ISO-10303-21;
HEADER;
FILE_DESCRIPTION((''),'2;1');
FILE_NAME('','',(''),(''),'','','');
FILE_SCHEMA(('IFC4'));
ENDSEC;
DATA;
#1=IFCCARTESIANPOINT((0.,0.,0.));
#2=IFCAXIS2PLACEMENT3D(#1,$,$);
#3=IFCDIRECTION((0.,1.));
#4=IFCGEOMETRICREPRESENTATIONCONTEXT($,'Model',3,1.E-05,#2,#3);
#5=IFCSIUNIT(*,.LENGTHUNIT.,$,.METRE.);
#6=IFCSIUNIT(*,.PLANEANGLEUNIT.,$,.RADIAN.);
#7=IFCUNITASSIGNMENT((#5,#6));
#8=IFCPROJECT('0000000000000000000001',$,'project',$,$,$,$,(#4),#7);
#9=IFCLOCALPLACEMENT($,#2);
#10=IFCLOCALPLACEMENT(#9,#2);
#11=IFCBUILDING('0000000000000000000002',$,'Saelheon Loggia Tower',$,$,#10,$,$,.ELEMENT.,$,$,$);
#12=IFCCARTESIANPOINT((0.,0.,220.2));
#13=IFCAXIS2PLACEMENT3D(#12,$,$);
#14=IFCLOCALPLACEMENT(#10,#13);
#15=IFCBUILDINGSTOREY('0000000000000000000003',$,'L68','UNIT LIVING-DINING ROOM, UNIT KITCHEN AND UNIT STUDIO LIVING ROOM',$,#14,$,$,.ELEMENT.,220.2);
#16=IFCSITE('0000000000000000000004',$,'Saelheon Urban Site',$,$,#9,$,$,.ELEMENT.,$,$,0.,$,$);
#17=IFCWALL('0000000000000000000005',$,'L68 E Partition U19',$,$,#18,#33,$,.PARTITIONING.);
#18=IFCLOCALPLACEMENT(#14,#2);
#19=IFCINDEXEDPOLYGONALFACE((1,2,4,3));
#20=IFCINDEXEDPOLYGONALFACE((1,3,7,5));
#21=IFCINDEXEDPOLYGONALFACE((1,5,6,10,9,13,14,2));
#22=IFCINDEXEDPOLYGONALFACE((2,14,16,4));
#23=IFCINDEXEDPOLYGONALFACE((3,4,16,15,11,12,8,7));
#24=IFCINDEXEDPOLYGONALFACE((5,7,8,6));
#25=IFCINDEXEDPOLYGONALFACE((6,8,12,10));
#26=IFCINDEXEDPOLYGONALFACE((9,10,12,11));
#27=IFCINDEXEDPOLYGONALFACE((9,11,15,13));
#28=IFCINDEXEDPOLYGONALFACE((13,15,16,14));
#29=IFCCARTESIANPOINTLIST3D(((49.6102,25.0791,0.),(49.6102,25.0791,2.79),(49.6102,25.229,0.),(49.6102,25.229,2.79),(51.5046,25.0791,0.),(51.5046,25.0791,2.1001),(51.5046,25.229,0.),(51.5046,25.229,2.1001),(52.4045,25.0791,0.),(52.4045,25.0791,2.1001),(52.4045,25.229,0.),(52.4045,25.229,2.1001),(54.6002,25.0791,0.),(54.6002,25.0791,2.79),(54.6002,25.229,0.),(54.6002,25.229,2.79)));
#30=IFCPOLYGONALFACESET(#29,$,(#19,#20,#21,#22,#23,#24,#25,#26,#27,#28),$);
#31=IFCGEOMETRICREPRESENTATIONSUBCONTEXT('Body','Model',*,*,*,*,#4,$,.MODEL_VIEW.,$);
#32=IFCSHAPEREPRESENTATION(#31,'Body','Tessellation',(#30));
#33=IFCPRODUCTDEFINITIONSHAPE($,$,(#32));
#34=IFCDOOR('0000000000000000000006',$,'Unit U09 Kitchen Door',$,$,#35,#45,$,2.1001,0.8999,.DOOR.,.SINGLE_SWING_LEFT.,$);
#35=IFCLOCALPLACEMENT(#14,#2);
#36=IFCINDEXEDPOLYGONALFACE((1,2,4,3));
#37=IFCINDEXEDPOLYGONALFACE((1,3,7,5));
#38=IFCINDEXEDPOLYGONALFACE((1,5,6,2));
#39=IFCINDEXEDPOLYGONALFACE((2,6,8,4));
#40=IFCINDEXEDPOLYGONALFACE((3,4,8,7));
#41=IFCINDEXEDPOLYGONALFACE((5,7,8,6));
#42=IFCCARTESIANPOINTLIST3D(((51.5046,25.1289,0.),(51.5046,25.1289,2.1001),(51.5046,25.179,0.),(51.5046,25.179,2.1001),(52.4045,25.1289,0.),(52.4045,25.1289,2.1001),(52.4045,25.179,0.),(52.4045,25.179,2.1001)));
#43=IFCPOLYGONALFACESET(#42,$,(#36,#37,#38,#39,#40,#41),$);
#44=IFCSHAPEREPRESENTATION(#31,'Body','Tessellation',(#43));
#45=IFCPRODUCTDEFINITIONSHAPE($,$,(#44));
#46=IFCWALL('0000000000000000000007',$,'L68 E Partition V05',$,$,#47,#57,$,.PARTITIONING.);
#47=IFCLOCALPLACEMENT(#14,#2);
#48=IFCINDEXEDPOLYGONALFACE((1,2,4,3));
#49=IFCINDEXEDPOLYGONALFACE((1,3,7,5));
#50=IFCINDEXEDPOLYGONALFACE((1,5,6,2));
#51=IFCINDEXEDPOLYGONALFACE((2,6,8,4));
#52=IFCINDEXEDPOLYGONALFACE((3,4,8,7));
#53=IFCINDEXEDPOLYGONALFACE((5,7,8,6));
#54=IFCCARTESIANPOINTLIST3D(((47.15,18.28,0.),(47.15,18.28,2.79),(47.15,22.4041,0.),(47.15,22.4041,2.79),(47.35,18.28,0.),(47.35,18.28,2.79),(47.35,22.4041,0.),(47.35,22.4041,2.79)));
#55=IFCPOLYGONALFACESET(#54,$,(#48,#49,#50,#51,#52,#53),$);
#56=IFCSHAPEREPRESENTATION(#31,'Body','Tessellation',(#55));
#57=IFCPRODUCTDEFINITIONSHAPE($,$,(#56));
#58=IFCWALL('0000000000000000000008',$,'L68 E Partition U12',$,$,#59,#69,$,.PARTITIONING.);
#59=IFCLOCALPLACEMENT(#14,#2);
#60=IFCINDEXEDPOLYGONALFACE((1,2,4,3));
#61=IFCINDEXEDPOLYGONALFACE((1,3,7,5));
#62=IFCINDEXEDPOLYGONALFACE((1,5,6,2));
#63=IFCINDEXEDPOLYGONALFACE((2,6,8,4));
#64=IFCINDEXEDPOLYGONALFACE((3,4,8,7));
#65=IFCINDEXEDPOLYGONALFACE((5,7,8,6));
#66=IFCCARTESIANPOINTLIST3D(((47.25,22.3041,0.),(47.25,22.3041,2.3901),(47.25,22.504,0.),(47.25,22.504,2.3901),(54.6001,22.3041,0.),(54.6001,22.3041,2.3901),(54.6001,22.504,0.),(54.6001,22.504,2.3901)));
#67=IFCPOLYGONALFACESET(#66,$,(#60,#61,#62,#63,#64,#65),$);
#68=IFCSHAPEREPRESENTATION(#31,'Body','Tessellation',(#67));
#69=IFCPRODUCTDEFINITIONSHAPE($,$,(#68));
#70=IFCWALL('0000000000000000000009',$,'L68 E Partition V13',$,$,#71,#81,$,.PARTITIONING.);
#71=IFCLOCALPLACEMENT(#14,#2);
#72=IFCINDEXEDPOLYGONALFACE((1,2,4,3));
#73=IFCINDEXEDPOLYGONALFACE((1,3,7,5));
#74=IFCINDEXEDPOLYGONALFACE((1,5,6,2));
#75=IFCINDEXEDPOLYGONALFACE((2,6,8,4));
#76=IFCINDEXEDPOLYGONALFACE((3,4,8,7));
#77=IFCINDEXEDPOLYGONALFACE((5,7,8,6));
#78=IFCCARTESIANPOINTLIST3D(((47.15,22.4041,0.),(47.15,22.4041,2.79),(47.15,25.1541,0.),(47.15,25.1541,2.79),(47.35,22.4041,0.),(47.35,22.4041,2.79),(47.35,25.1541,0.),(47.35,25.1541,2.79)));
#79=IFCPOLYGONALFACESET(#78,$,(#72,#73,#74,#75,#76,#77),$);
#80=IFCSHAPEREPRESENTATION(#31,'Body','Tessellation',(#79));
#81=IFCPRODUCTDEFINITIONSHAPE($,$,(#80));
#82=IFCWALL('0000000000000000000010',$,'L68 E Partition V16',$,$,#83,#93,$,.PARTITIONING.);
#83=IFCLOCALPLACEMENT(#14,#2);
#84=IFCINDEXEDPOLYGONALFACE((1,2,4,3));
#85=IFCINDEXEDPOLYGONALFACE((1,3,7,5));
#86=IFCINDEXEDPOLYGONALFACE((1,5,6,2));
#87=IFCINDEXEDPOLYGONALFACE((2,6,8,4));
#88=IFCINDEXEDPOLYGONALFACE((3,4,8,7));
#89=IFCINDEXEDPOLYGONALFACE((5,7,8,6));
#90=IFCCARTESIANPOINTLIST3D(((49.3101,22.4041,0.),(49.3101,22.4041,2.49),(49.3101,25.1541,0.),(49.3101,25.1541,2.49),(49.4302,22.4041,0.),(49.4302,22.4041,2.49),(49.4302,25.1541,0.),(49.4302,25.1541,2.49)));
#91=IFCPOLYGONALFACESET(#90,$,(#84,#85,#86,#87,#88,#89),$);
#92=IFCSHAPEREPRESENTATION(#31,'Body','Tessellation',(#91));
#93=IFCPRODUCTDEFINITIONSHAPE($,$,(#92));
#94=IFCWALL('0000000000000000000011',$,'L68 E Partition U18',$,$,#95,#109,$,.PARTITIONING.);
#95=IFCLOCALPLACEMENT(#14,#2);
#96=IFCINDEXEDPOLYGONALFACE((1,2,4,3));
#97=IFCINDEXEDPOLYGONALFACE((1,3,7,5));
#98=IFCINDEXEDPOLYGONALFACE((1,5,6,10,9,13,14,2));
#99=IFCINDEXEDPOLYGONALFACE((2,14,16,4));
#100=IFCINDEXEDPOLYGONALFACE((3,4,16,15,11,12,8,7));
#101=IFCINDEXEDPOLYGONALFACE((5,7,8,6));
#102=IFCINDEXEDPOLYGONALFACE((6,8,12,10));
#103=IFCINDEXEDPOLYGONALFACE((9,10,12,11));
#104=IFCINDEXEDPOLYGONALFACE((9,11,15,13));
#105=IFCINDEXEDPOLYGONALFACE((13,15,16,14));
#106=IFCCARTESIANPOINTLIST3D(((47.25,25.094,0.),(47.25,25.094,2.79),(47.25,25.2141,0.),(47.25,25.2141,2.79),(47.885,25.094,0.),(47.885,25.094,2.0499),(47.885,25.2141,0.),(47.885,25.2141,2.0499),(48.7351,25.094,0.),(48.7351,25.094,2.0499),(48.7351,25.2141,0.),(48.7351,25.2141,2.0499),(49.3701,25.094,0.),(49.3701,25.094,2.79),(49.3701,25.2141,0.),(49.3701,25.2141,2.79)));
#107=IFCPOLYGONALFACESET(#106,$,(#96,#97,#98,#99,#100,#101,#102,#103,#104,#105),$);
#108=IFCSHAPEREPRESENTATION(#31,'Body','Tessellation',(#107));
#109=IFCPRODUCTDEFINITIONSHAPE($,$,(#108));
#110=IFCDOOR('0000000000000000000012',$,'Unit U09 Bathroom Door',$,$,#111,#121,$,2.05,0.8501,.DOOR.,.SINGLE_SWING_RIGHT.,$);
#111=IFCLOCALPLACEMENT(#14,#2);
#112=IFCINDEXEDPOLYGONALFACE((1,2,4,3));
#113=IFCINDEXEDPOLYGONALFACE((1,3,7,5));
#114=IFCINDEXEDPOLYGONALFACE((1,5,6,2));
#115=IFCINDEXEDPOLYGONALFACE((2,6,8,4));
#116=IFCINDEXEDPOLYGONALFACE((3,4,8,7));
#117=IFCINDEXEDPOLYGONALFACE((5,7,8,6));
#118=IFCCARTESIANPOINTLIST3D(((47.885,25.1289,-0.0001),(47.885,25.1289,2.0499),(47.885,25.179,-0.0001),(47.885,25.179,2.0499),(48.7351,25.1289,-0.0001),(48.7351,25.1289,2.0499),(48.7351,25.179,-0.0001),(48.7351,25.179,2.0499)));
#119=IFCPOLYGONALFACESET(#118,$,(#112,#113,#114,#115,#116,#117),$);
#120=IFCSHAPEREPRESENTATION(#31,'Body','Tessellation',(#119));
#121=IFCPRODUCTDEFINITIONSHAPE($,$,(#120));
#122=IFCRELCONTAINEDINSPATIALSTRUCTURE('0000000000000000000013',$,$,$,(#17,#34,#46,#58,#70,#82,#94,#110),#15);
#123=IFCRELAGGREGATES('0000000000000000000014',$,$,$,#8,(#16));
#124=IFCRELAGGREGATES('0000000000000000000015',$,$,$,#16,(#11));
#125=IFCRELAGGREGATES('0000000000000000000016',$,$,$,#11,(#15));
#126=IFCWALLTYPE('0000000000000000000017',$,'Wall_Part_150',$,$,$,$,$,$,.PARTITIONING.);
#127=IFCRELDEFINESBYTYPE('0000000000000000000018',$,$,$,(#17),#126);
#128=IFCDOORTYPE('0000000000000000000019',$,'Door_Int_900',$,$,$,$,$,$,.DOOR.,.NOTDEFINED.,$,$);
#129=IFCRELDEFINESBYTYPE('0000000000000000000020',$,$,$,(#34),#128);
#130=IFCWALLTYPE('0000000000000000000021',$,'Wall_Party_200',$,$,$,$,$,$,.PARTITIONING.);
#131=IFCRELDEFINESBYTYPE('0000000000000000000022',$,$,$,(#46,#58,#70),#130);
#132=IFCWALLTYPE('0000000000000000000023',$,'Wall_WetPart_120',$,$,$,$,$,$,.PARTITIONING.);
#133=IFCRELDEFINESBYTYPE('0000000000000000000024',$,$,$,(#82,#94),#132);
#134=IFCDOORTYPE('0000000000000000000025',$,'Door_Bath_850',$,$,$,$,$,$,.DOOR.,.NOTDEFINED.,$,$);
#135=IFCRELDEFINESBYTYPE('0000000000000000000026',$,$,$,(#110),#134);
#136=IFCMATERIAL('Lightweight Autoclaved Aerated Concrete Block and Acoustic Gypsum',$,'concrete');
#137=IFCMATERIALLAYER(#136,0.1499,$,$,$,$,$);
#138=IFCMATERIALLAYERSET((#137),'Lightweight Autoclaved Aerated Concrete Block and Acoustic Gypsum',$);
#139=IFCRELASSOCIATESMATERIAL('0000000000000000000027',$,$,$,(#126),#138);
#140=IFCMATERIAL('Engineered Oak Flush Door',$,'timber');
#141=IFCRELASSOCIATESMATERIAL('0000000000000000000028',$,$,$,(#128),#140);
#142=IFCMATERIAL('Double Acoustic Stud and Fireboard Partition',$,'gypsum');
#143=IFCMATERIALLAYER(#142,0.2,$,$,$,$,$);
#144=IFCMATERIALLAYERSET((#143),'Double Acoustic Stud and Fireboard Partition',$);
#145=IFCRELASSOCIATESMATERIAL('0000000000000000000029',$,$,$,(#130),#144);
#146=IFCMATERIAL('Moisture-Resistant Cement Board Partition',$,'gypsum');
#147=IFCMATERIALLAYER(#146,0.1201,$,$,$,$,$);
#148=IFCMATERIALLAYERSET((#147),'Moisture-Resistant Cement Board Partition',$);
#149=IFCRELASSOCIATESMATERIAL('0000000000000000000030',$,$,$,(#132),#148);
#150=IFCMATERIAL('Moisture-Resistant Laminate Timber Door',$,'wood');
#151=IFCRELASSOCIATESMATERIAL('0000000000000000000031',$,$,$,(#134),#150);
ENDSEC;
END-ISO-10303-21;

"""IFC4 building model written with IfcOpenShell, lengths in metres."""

from ifc_helpers import new_model, si_unit, direction, frame, frame_2d, origin, place, context, subcontext, project, spatial, rectangle, extrude, source, transform, mapped, material, layer, layer_set, type_object, element, fill, save


model = new_model("IFC4")

# Units and contexts
model_context = context("Model", 3, precision=1e-05, world=origin(), true_north=direction((0.0, 1.0)))
body_context = subcontext(model_context, "Body", "Model", "MODEL_VIEW")
ifc_project = project(units=[si_unit("LENGTHUNIT", "METRE"), si_unit("PLANEANGLEUNIT", "RADIAN")], contexts=[model_context])

# Site, building, storey
site_placement = place(None, origin())
site = spatial("IfcSite", under=ifc_project, at=site_placement, Name="Saelheon Urban Site", CompositionType="ELEMENT", RefElevation=0.0)
building_placement = place(site_placement, origin())
building = spatial("IfcBuilding", under=site, at=building_placement, Name="Saelheon Loggia Tower", CompositionType="ELEMENT")
storey_placement = place(building_placement, frame((0.0, 0.0, 220.2)))
storey = spatial("IfcBuildingStorey", under=building, at=storey_placement, Name="L68", Description="UNIT LIVING-DINING ROOM, UNIT KITCHEN AND UNIT STUDIO LIVING ROOM", CompositionType="ELEMENT", Elevation=220.2)

# Shared definitions
ifc_material_1 = material(Name="Lightweight Autoclaved Aerated Concrete Block and Acoustic Gypsum", Category="concrete")
ifc_layer_1 = layer(ifc_material_1, 0.1499)
ifc_layer_set_1 = layer_set([ifc_layer_1], Name="Lightweight Autoclaved Aerated Concrete Block and Acoustic Gypsum")
wall_type_1 = type_object("IfcWallType", Name="Wall_Part_150", PredefinedType="PARTITIONING", material=ifc_layer_set_1)

# Wall, opening, door
ifc_material_2 = material(Name="Engineered Oak Flush Door", Category="timber")
door_type_1 = type_object("IfcDoorType", Name="Door_Int_900", OperationType="NOTDEFINED", PredefinedType="DOOR", material=ifc_material_2)
shared_shape_1 = source(origin(), body_context, "Body", "SweptSolid", [
    extrude(rectangle(XDim=0.8999, YDim=2.1001, at=frame_2d((0.45, 1.05))), frame((0.0, 0.0249, 0.0), z_axis=(0.0, -1.0, 0.0), x_axis=(1.0, 0.0, 0.0)), (0.0, 0.0, 1.0), 0.05),
])
wall_1_placement = place(storey_placement, frame((49.6101, 25.1541, 0.0), z_axis=(0.0, 0.0, 1.0), x_axis=(1.0, 0.0, 0.0)))
wall_1 = element("IfcWall", 1, at=wall_1_placement, inside=storey, type_object=wall_type_1, Name="L68 E Partition U19", PredefinedType="PARTITIONING", context=body_context, shape_type="SweptSolid", body=[
    extrude(rectangle(XDim=4.99, YDim=0.1499, at=frame_2d((2.4951, 0.0))), origin(), (0.0, 0.0, 1.0), 2.79),
])
opening_1_placement = place(wall_1_placement, frame((1.8945, 0.0, 0.0)))
opening_1 = element("IfcOpeningElement", 2, at=opening_1_placement, cuts=wall_1, PredefinedType="OPENING", context=body_context, shape_type="SweptSolid", body=[
    extrude(rectangle(XDim=0.8999, YDim=2.1001, at=frame_2d((0.45, 1.05))), frame((0.0, 0.0869, 0.0), z_axis=(0.0, -1.0, 0.0), x_axis=(1.0, 0.0, 0.0)), (0.0, 0.0, 1.0), 0.1738),
])
door_1_placement = place(opening_1_placement, origin())
door_1 = element("IfcDoor", 3, at=door_1_placement, inside=storey, type_object=door_type_1, Name="Unit U09 Kitchen Door", OperationType="SINGLE_SWING_LEFT", OverallHeight=2.1001, OverallWidth=0.8999, PredefinedType="DOOR", context=body_context, shape_type="MappedRepresentation", body=[
    mapped(shared_shape_1, transform((0.0, 0.0, 0.0), scale=1.0)),
])
fill(opening_1, door_1)

# Walls
ifc_material_3 = material(Name="Double Acoustic Stud and Fireboard Partition", Category="gypsum")
ifc_layer_2 = layer(ifc_material_3, 0.2)
ifc_layer_set_2 = layer_set([ifc_layer_2], Name="Double Acoustic Stud and Fireboard Partition")
wall_type_2 = type_object("IfcWallType", Name="Wall_Party_200", PredefinedType="PARTITIONING", material=ifc_layer_set_2)
wall_2_placement = place(storey_placement, frame((47.25, 18.28, 0.0), z_axis=(0.0, 0.0, 1.0), x_axis=(0.0, 1.0, 0.0)))
element("IfcWall", 4, at=wall_2_placement, inside=storey, type_object=wall_type_2, Name="L68 E Partition V05", PredefinedType="PARTITIONING", context=body_context, shape_type="SweptSolid", body=[
    extrude(rectangle(XDim=4.124, YDim=0.2, at=frame_2d((2.062, 0.0))), origin(), (0.0, 0.0, 1.0), 2.79),
])
wall_3_placement = place(storey_placement, frame((47.25, 22.4041, 0.0), z_axis=(0.0, 0.0, 1.0), x_axis=(1.0, 0.0, 0.0)))
element("IfcWall", 5, at=wall_3_placement, inside=storey, type_object=wall_type_2, Name="L68 E Partition U12", PredefinedType="PARTITIONING", context=body_context, shape_type="SweptSolid", body=[
    extrude(rectangle(XDim=7.3501, YDim=0.2, at=frame_2d((3.675, 0.0))), origin(), (0.0, 0.0, 1.0), 2.3901),
])
wall_4_placement = place(storey_placement, frame((47.25, 22.4041, 0.0), z_axis=(0.0, 0.0, 1.0), x_axis=(0.0, 1.0, 0.0)))
element("IfcWall", 6, at=wall_4_placement, inside=storey, type_object=wall_type_2, Name="L68 E Partition V13", PredefinedType="PARTITIONING", context=body_context, shape_type="SweptSolid", body=[
    extrude(rectangle(XDim=2.75, YDim=0.2, at=frame_2d((1.375, 0.0))), origin(), (0.0, 0.0, 1.0), 2.79),
])

# Wall
ifc_material_4 = material(Name="Moisture-Resistant Cement Board Partition", Category="gypsum")
ifc_layer_3 = layer(ifc_material_4, 0.1201)
ifc_layer_set_3 = layer_set([ifc_layer_3], Name="Moisture-Resistant Cement Board Partition")
wall_type_3 = type_object("IfcWallType", Name="Wall_WetPart_120", PredefinedType="PARTITIONING", material=ifc_layer_set_3)
wall_5_placement = place(storey_placement, frame((49.3701, 22.4041, 0.0), z_axis=(0.0, 0.0, 1.0), x_axis=(0.0, 1.0, 0.0)))
element("IfcWall", 7, at=wall_5_placement, inside=storey, type_object=wall_type_3, Name="L68 E Partition V16", PredefinedType="PARTITIONING", context=body_context, shape_type="SweptSolid", body=[
    extrude(rectangle(XDim=2.75, YDim=0.1201, at=frame_2d((1.375, 0.0))), origin(), (0.0, 0.0, 1.0), 2.49),
])

# Wall, opening, door
wall_6_placement = place(storey_placement, frame((47.25, 25.1541, 0.0), z_axis=(0.0, 0.0, 1.0), x_axis=(1.0, 0.0, 0.0)))
wall_6 = element("IfcWall", 8, at=wall_6_placement, inside=storey, type_object=wall_type_3, Name="L68 E Partition U18", PredefinedType="PARTITIONING", context=body_context, shape_type="SweptSolid", body=[
    extrude(rectangle(XDim=2.1201, YDim=0.1201, at=frame_2d((1.0601, 0.0))), origin(), (0.0, 0.0, 1.0), 2.79),
])
opening_2_placement = place(wall_6_placement, frame((0.635, 0.0, 0.0)))
opening_2 = element("IfcOpeningElement", 9, at=opening_2_placement, cuts=wall_6, PredefinedType="OPENING", context=body_context, shape_type="SweptSolid", body=[
    extrude(rectangle(XDim=0.8501, YDim=2.05, at=frame_2d((0.425, 1.0249))), frame((0.0, 0.072, 0.0), z_axis=(0.0, -1.0, 0.0), x_axis=(1.0, 0.0, 0.0)), (0.0, 0.0, 1.0), 0.144),
])
ifc_material_5 = material(Name="Moisture-Resistant Laminate Timber Door", Category="wood")
door_type_2 = type_object("IfcDoorType", Name="Door_Bath_850", OperationType="NOTDEFINED", PredefinedType="DOOR", material=ifc_material_5)
shared_shape_2 = source(origin(), body_context, "Body", "SweptSolid", [
    extrude(rectangle(XDim=0.8501, YDim=2.05, at=frame_2d((0.425, 1.0249))), frame((0.0, 0.0249, 0.0), z_axis=(0.0, -1.0, 0.0), x_axis=(1.0, 0.0, 0.0)), (0.0, 0.0, 1.0), 0.05),
])
door_2_placement = place(opening_2_placement, origin())
door_2 = element("IfcDoor", 10, at=door_2_placement, inside=storey, type_object=door_type_2, Name="Unit U09 Bathroom Door", OperationType="SINGLE_SWING_RIGHT", OverallHeight=2.05, OverallWidth=0.8501, PredefinedType="DOOR", context=body_context, shape_type="MappedRepresentation", body=[
    mapped(shared_shape_2, transform((0.0, 0.0, 0.0), scale=1.0)),
])
fill(opening_2, door_2)

save(model, "model.ifc")
